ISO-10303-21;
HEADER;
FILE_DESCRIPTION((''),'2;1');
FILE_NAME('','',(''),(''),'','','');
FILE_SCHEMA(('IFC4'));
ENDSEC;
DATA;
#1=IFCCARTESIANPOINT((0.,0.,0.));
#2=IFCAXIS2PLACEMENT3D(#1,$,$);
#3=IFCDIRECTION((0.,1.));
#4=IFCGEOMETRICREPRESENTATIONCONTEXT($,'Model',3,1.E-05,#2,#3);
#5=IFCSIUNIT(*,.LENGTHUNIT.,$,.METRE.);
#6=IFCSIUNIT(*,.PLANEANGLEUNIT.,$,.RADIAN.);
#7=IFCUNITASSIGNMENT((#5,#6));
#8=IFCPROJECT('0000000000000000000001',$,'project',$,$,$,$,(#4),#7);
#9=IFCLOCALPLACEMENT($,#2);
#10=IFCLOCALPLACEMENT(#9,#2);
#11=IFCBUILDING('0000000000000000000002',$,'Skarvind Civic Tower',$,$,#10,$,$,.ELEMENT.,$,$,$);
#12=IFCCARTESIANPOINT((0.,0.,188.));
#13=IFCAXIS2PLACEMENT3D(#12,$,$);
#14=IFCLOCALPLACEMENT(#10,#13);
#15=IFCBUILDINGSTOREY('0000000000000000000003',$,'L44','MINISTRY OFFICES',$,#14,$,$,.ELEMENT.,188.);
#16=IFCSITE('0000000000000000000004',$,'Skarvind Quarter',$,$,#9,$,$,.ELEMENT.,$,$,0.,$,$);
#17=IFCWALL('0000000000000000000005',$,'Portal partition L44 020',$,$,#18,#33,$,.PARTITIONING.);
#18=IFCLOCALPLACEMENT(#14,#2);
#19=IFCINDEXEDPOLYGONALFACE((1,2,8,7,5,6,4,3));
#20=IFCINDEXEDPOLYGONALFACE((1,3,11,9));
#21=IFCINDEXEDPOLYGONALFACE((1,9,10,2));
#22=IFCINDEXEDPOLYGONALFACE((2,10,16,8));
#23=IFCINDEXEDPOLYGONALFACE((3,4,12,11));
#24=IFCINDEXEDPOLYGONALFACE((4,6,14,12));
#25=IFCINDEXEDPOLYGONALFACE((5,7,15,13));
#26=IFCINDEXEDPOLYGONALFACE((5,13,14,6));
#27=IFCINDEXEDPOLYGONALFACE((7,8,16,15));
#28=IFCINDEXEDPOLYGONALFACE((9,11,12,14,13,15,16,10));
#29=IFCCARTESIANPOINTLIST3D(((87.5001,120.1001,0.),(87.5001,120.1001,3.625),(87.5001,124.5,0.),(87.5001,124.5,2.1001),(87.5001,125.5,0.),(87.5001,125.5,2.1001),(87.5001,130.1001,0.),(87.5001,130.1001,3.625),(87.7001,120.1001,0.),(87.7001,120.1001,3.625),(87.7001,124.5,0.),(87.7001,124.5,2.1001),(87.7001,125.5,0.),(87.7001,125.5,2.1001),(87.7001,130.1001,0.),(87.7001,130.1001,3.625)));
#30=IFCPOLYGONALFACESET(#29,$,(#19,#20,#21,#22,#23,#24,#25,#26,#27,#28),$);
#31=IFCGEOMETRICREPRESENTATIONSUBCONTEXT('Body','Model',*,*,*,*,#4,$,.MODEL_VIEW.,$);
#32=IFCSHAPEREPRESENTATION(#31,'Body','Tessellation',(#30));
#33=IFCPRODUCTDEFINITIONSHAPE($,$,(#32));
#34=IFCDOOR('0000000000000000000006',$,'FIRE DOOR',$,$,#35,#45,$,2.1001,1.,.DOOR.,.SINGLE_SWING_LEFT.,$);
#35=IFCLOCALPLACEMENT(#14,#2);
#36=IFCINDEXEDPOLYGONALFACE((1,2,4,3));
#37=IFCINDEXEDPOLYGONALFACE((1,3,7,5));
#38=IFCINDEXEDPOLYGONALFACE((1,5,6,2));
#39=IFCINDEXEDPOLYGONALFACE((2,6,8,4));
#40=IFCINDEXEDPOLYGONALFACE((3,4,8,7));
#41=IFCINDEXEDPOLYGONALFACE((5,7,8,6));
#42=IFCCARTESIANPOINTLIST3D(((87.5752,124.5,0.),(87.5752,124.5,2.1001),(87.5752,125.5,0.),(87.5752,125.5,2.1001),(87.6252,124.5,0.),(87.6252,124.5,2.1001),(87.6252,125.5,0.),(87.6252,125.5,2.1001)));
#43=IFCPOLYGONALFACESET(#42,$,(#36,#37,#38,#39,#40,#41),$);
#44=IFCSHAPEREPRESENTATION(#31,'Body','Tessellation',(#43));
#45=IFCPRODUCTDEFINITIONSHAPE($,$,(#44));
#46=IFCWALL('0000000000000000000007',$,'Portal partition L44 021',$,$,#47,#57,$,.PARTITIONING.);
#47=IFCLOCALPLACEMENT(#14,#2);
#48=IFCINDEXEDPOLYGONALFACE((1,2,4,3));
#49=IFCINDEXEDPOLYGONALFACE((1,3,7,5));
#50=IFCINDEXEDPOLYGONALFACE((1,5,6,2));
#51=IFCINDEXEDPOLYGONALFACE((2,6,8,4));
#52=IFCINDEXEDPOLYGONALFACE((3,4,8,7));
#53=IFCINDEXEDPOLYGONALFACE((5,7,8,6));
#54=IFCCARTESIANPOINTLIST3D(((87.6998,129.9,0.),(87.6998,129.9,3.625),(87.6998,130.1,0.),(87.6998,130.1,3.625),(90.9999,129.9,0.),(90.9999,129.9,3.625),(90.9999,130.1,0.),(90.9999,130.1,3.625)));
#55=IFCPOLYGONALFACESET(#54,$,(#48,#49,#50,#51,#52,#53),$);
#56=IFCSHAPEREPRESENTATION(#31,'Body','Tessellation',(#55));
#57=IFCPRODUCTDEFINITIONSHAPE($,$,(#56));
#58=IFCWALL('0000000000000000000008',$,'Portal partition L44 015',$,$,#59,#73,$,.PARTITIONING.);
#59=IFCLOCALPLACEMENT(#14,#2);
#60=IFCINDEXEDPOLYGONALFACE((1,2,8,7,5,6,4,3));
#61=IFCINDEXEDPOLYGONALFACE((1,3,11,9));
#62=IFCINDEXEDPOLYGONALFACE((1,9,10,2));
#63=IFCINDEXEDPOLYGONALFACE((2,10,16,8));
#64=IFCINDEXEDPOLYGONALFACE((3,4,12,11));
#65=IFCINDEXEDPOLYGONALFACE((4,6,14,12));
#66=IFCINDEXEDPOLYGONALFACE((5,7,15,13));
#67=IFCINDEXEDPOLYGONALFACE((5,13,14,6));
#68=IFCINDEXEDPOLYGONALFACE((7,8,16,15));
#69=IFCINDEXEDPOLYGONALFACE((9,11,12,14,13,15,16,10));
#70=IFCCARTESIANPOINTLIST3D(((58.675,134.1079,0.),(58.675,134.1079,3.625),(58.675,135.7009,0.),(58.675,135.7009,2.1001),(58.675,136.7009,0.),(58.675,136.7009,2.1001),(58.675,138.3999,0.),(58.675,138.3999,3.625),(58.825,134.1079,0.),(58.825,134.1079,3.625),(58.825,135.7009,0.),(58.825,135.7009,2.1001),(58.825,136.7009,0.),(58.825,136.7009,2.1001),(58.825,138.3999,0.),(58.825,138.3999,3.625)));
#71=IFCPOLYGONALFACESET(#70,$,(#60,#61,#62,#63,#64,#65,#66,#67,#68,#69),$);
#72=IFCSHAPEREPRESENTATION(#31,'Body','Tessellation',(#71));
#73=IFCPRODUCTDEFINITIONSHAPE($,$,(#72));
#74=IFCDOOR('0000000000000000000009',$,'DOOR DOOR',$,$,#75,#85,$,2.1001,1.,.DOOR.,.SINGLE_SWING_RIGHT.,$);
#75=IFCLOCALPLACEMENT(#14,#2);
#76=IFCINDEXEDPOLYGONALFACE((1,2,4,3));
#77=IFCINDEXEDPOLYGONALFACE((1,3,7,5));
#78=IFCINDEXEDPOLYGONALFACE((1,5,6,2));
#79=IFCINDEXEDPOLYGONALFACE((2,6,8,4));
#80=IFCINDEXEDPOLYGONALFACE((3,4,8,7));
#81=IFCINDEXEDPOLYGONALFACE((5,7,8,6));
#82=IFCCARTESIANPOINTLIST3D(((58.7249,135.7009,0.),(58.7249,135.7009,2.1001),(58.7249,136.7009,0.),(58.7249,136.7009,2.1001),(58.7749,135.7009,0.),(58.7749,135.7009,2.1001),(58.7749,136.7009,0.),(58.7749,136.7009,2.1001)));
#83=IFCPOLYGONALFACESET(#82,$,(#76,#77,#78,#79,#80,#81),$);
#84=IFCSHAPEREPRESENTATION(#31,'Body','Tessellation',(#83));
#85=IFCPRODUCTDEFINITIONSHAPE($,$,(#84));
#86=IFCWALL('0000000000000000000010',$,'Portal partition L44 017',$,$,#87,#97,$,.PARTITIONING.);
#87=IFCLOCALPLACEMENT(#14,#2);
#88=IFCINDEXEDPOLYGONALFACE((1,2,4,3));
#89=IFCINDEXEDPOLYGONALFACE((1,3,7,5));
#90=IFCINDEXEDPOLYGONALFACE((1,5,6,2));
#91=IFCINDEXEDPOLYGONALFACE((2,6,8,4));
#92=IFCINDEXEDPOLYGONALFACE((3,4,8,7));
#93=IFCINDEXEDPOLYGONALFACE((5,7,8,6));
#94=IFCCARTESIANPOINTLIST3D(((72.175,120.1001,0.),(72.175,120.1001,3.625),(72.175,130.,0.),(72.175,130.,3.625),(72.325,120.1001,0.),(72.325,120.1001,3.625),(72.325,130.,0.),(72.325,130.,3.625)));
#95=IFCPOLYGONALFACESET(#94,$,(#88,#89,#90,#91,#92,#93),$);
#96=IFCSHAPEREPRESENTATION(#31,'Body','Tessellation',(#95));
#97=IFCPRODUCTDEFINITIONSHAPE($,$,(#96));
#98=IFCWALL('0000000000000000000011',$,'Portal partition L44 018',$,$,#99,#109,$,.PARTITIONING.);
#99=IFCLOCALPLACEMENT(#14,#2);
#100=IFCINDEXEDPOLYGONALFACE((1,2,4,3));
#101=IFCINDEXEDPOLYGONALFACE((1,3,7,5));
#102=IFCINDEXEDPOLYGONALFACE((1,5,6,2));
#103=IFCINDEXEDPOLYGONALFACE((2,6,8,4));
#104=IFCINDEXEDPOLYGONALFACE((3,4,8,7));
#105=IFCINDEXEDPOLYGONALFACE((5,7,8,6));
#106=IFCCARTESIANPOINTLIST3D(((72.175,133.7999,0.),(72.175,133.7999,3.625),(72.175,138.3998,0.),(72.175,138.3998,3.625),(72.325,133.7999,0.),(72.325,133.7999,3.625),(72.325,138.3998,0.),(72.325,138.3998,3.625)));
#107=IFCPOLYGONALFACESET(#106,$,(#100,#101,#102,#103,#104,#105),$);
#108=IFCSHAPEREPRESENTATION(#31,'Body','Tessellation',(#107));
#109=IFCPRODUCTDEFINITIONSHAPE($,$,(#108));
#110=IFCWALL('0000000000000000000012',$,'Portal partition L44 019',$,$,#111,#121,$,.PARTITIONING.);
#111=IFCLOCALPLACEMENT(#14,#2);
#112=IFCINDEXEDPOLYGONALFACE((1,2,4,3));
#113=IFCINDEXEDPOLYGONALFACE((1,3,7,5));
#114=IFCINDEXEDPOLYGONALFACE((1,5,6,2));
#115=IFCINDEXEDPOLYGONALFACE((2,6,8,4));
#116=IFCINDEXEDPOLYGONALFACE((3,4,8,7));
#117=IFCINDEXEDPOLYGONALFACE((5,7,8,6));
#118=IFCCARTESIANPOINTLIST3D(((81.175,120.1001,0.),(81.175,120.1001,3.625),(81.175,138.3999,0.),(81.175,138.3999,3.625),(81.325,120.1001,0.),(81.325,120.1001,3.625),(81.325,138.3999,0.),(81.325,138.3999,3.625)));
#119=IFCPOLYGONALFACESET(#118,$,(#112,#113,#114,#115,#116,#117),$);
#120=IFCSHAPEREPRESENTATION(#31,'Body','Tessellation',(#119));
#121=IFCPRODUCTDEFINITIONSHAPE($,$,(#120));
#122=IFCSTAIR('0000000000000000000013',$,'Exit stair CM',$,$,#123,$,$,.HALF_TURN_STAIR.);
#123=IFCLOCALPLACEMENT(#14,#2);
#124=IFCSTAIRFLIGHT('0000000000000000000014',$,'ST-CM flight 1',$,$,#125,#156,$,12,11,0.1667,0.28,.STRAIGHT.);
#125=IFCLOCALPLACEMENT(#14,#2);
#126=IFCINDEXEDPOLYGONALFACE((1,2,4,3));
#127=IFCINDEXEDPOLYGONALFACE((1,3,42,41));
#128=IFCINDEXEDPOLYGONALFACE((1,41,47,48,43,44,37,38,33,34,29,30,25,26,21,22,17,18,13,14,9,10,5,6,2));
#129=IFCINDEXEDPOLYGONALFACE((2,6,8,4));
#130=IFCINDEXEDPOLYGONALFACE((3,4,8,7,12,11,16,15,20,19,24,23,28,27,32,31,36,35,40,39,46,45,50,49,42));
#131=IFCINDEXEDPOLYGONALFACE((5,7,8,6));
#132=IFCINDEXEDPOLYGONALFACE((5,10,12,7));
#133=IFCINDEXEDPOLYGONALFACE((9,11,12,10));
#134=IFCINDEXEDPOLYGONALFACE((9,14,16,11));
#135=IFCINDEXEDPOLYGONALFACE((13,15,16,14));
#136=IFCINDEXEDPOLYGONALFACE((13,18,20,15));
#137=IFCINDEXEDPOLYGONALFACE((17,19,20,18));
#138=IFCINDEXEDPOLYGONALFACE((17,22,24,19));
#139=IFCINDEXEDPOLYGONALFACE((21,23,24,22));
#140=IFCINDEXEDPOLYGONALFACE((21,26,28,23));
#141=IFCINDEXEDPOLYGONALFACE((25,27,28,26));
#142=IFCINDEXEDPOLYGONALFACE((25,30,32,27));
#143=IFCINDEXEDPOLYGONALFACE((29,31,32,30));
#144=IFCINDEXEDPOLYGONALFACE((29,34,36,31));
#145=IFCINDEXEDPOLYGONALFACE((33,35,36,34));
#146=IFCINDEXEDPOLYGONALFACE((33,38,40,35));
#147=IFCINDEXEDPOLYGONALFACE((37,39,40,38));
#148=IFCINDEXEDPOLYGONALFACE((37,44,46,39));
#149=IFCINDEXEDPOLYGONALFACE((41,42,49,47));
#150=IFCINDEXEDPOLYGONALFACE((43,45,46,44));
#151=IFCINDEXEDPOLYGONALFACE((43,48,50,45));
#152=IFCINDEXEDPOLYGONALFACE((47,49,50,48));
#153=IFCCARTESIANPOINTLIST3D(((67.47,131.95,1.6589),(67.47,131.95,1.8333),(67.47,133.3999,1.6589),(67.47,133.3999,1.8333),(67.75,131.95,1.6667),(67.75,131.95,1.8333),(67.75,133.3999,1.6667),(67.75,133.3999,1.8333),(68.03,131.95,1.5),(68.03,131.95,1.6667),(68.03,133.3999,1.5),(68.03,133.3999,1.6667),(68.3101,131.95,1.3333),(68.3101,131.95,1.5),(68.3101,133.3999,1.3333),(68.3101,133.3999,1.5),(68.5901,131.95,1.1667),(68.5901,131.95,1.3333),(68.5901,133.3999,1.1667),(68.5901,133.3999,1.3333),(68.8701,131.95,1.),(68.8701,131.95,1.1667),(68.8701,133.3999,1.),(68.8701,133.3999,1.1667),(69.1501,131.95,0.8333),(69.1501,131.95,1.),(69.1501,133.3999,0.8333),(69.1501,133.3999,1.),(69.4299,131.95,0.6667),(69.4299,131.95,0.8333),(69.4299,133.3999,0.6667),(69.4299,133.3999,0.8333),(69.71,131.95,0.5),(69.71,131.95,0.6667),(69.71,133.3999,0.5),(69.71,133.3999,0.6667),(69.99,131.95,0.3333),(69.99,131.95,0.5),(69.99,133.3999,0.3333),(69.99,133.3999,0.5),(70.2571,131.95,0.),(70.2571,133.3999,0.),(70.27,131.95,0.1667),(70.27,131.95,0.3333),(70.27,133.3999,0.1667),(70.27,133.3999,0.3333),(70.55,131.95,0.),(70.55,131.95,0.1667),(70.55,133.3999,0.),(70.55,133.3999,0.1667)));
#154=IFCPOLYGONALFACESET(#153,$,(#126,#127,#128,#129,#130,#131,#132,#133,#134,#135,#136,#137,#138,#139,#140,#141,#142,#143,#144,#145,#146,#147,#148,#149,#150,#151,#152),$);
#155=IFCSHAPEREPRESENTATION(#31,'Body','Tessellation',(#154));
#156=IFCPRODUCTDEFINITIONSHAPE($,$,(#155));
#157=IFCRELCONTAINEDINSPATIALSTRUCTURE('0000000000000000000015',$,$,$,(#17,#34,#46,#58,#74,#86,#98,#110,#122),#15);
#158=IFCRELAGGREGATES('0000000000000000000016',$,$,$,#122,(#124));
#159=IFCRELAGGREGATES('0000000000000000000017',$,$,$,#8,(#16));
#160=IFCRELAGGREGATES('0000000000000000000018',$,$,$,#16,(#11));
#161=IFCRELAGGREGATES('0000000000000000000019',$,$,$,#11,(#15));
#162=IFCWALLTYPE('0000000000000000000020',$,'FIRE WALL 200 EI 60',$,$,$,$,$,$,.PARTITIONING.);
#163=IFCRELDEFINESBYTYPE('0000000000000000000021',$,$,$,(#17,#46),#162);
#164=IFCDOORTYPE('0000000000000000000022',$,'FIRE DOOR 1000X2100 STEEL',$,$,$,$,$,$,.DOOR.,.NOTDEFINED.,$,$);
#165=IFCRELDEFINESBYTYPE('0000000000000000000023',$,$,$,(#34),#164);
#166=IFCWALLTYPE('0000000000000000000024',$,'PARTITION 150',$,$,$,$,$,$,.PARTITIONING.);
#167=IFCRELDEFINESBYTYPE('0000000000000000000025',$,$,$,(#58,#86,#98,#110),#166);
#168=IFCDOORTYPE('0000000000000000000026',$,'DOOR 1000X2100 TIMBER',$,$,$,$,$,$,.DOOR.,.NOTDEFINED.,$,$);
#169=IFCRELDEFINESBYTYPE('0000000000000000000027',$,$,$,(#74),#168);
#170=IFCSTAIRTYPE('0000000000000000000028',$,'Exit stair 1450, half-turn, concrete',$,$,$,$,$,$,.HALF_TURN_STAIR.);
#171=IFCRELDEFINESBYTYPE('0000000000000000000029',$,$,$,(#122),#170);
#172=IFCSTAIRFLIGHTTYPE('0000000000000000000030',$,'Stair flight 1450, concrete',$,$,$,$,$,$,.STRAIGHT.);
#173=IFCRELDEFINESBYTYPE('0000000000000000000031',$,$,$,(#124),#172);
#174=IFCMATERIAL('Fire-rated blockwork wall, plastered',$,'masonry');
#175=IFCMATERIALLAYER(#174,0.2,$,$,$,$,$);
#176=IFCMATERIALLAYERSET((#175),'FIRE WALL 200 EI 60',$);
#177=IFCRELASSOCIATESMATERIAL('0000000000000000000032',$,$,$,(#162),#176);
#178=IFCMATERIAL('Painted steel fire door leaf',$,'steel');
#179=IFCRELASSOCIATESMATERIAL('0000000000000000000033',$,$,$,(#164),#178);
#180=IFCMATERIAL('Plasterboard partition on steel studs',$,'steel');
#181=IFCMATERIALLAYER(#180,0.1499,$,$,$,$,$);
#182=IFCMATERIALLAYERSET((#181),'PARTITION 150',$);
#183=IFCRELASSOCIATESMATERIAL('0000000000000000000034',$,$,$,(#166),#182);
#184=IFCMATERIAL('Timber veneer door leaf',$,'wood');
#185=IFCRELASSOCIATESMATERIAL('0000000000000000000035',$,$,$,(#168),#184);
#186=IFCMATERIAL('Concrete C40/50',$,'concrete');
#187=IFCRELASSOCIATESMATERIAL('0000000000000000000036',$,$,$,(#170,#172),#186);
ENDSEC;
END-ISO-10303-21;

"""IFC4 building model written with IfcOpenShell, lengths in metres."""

from ifc_helpers import new_model, si_unit, direction, frame, frame_2d, origin, place, context, subcontext, project, spatial, polyline, rectangle, outline, extrude, material, layer, layer_set, type_object, element, fill, aggregate, save


model = new_model("IFC4")

# Units and contexts
model_context = context("Model", 3, precision=1e-05, world=origin(), true_north=direction((0.0, 1.0)))
body_context = subcontext(model_context, "Body", "Model", "MODEL_VIEW")
ifc_project = project(units=[si_unit("LENGTHUNIT", "METRE"), si_unit("PLANEANGLEUNIT", "RADIAN")], contexts=[model_context])

# Site, building, storey
site_placement = place(None, origin())
site = spatial("IfcSite", under=ifc_project, at=site_placement, Name="Skarvind Quarter", CompositionType="ELEMENT", RefElevation=0.0)
building_placement = place(site_placement, origin())
building = spatial("IfcBuilding", under=site, at=building_placement, Name="Skarvind Civic Tower", CompositionType="ELEMENT")
storey_placement = place(building_placement, frame((0.0, 0.0, 188.0)))
storey = spatial("IfcBuildingStorey", under=building, at=storey_placement, Name="L44", Description="MINISTRY OFFICES", CompositionType="ELEMENT", Elevation=188.0)

# Shared definitions
ifc_material_1 = material(Name="Fire-rated blockwork wall, plastered", Category="masonry")
ifc_layer_1 = layer(ifc_material_1, 0.2)
ifc_layer_set_1 = layer_set([ifc_layer_1], Name="FIRE WALL 200 EI 60")
wall_type_1 = type_object("IfcWallType", Name="FIRE WALL 200 EI 60", PredefinedType="PARTITIONING", material=ifc_layer_set_1)

# Wall, opening, door
wall_1_placement = place(storey_placement, frame((87.6001, 120.1001, 0.0), z_axis=(0.0, 0.0, 1.0), x_axis=(0.0, 1.0, 0.0)))
wall_1 = element("IfcWall", 1, at=wall_1_placement, inside=storey, type_object=wall_type_1, Name="Portal partition L44 020", PredefinedType="PARTITIONING", context=body_context, shape_type="SweptSolid", body=[
    extrude(rectangle(XDim=10.0, YDim=0.2, at=frame_2d((5.0, 0.0))), origin(), (0.0, 0.0, 1.0), 3.625),
])
opening_1_placement = place(wall_1_placement, frame((4.3999, 0.0, 0.0)))
opening_1 = element("IfcOpeningElement", 2, at=opening_1_placement, cuts=wall_1, PredefinedType="OPENING", context=body_context, shape_type="SweptSolid", body=[
    extrude(rectangle(XDim=1.0, YDim=2.1001, at=frame_2d((0.5, 1.05))), frame((0.0, 0.1099, 0.0), z_axis=(0.0, -1.0, 0.0), x_axis=(1.0, 0.0, 0.0)), (0.0, 0.0, 1.0), 0.22),
])
ifc_material_2 = material(Name="Painted steel fire door leaf", Category="steel")
door_type_1 = type_object("IfcDoorType", Name="FIRE DOOR 1000X2100 STEEL", OperationType="NOTDEFINED", PredefinedType="DOOR", material=ifc_material_2)
door_1_placement = place(opening_1_placement, origin())
door_1 = element("IfcDoor", 3, at=door_1_placement, inside=storey, type_object=door_type_1, Name="FIRE DOOR", OperationType="SINGLE_SWING_LEFT", OverallHeight=2.1001, OverallWidth=1.0, PredefinedType="DOOR", context=body_context, shape_type="SweptSolid", body=[
    extrude(rectangle(XDim=1.0, YDim=2.1001, at=frame_2d((0.5, 1.05))), frame((0.0, 0.0249, 0.0), z_axis=(0.0, -1.0, 0.0), x_axis=(1.0, 0.0, 0.0)), (0.0, 0.0, 1.0), 0.05),
])
fill(opening_1, door_1)

# Wall
wall_2_placement = place(storey_placement, frame((87.7, 130.0, 0.0), z_axis=(0.0, 0.0, 1.0), x_axis=(1.0, 0.0, 0.0)))
element("IfcWall", 4, at=wall_2_placement, inside=storey, type_object=wall_type_1, Name="Portal partition L44 021", PredefinedType="PARTITIONING", context=body_context, shape_type="SweptSolid", body=[
    extrude(rectangle(XDim=3.3, YDim=0.2, at=frame_2d((1.6499, 0.0))), origin(), (0.0, 0.0, 1.0), 3.625),
])

# Wall, opening, door
ifc_material_3 = material(Name="Plasterboard partition on steel studs", Category="steel")
ifc_layer_2 = layer(ifc_material_3, 0.1499)
ifc_layer_set_2 = layer_set([ifc_layer_2], Name="PARTITION 150")
wall_type_2 = type_object("IfcWallType", Name="PARTITION 150", PredefinedType="PARTITIONING", material=ifc_layer_set_2)
wall_3_placement = place(storey_placement, frame((58.75, 138.3999, 0.0), z_axis=(0.0, 0.0, 1.0), x_axis=(0.0, -1.0, 0.0)))
wall_3 = element("IfcWall", 5, at=wall_3_placement, inside=storey, type_object=wall_type_2, Name="Portal partition L44 015", PredefinedType="PARTITIONING", context=body_context, shape_type="SweptSolid", body=[
    extrude(rectangle(XDim=4.292, YDim=0.1499, at=frame_2d((2.146, 0.0))), origin(), (0.0, 0.0, 1.0), 3.625),
])
opening_2_placement = place(wall_3_placement, frame((1.699, 0.0, 0.0)))
opening_2 = element("IfcOpeningElement", 6, at=opening_2_placement, cuts=wall_3, PredefinedType="OPENING", context=body_context, shape_type="SweptSolid", body=[
    extrude(rectangle(XDim=1.0, YDim=2.1001, at=frame_2d((0.5, 1.05))), frame((0.0, 0.085, 0.0), z_axis=(0.0, -1.0, 0.0), x_axis=(1.0, 0.0, 0.0)), (0.0, 0.0, 1.0), 0.1699),
])
ifc_material_4 = material(Name="Timber veneer door leaf", Category="wood")
door_type_2 = type_object("IfcDoorType", Name="DOOR 1000X2100 TIMBER", OperationType="NOTDEFINED", PredefinedType="DOOR", material=ifc_material_4)
door_2_placement = place(opening_2_placement, origin())
door_2 = element("IfcDoor", 7, at=door_2_placement, inside=storey, type_object=door_type_2, Name="DOOR DOOR", OperationType="SINGLE_SWING_RIGHT", OverallHeight=2.1001, OverallWidth=1.0, PredefinedType="DOOR", context=body_context, shape_type="SweptSolid", body=[
    extrude(rectangle(XDim=1.0, YDim=2.1001, at=frame_2d((0.5, 1.05))), frame((0.0, 0.0249, 0.0), z_axis=(0.0, -1.0, 0.0), x_axis=(1.0, 0.0, 0.0)), (0.0, 0.0, 1.0), 0.05),
])
fill(opening_2, door_2)

# Walls
wall_4_placement = place(storey_placement, frame((72.25, 120.1001, 0.0), z_axis=(0.0, 0.0, 1.0), x_axis=(0.0, 1.0, 0.0)))
element("IfcWall", 8, at=wall_4_placement, inside=storey, type_object=wall_type_2, Name="Portal partition L44 017", PredefinedType="PARTITIONING", context=body_context, shape_type="SweptSolid", body=[
    extrude(rectangle(XDim=9.8999, YDim=0.1499, at=frame_2d((4.95, 0.0))), origin(), (0.0, 0.0, 1.0), 3.625),
])
wall_5_placement = place(storey_placement, frame((72.25, 133.8, 0.0), z_axis=(0.0, 0.0, 1.0), x_axis=(0.0, 1.0, 0.0)))
element("IfcWall", 9, at=wall_5_placement, inside=storey, type_object=wall_type_2, Name="Portal partition L44 018", PredefinedType="PARTITIONING", context=body_context, shape_type="SweptSolid", body=[
    extrude(rectangle(XDim=4.5999, YDim=0.1499, at=frame_2d((2.2998, 0.0))), origin(), (0.0, 0.0, 1.0), 3.625),
])
wall_6_placement = place(storey_placement, frame((81.25, 120.1001, 0.0), z_axis=(0.0, 0.0, 1.0), x_axis=(0.0, 1.0, 0.0)))
element("IfcWall", 10, at=wall_6_placement, inside=storey, type_object=wall_type_2, Name="Portal partition L44 019", PredefinedType="PARTITIONING", context=body_context, shape_type="SweptSolid", body=[
    extrude(rectangle(XDim=18.2998, YDim=0.1499, at=frame_2d((9.1499, 0.0))), origin(), (0.0, 0.0, 1.0), 3.625),
])

# Stair, stair flight
ifc_material_5 = material(Name="Concrete C40/50", Category="concrete")
stair_type = type_object("IfcStairType", Name="Exit stair 1450, half-turn, concrete", PredefinedType="HALF_TURN_STAIR", material=ifc_material_5)
stair_placement = place(storey_placement, origin())
stair = element("IfcStair", 11, at=stair_placement, inside=storey, type_object=stair_type, Name="Exit stair CM", PredefinedType="HALF_TURN_STAIR")
stair_flight_type = type_object("IfcStairFlightType", Name="Stair flight 1450, concrete", PredefinedType="STRAIGHT", material=ifc_material_5)
stair_flight_1_placement = place(storey_placement, frame((70.55, 132.675, 0.0), z_axis=(0.0, 0.0, 1.0), x_axis=(-1.0, 0.0, 0.0)))
stair_flight_1 = element("IfcStairFlight", 12, at=stair_flight_1_placement, type_object=stair_flight_type, Name="ST-CM flight 1", NumberOfRisers=12, NumberOfTreads=11, PredefinedType="STRAIGHT", RiserHeight=0.1667, TreadLength=0.28, context=body_context, shape_type="SweptSolid", body=[
    extrude(outline(polyline([(0.0, 0.0), (0.0, 0.1667), (0.28, 0.1667), (0.28, 0.3333), (0.5601, 0.3333), (0.5601, 0.5), (0.8401, 0.5), (0.8401, 0.6667), (1.1201, 0.6667), (1.1201, 0.8333), (1.3999, 0.8333), (1.3999, 1.0), (1.6799, 1.0), (1.6799, 1.1667), (1.96, 1.1667), (1.96, 1.3333), (2.24, 1.3333), (2.24, 1.5), (2.52, 1.5), (2.52, 1.6667), (2.8, 1.6667), (2.8, 1.8333), (3.0801, 1.8333), (3.0801, 2.0), (3.0801, 1.6589), (0.293, 0.0), (0.0, 0.0)])), frame((0.0, 0.7251, 0.0), z_axis=(0.0, -1.0, 0.0), x_axis=(1.0, 0.0, 0.0)), (0.0, 0.0, 1.0), 1.45),
])
aggregate(stair, [stair_flight_1])

save(model, "model.ifc")
